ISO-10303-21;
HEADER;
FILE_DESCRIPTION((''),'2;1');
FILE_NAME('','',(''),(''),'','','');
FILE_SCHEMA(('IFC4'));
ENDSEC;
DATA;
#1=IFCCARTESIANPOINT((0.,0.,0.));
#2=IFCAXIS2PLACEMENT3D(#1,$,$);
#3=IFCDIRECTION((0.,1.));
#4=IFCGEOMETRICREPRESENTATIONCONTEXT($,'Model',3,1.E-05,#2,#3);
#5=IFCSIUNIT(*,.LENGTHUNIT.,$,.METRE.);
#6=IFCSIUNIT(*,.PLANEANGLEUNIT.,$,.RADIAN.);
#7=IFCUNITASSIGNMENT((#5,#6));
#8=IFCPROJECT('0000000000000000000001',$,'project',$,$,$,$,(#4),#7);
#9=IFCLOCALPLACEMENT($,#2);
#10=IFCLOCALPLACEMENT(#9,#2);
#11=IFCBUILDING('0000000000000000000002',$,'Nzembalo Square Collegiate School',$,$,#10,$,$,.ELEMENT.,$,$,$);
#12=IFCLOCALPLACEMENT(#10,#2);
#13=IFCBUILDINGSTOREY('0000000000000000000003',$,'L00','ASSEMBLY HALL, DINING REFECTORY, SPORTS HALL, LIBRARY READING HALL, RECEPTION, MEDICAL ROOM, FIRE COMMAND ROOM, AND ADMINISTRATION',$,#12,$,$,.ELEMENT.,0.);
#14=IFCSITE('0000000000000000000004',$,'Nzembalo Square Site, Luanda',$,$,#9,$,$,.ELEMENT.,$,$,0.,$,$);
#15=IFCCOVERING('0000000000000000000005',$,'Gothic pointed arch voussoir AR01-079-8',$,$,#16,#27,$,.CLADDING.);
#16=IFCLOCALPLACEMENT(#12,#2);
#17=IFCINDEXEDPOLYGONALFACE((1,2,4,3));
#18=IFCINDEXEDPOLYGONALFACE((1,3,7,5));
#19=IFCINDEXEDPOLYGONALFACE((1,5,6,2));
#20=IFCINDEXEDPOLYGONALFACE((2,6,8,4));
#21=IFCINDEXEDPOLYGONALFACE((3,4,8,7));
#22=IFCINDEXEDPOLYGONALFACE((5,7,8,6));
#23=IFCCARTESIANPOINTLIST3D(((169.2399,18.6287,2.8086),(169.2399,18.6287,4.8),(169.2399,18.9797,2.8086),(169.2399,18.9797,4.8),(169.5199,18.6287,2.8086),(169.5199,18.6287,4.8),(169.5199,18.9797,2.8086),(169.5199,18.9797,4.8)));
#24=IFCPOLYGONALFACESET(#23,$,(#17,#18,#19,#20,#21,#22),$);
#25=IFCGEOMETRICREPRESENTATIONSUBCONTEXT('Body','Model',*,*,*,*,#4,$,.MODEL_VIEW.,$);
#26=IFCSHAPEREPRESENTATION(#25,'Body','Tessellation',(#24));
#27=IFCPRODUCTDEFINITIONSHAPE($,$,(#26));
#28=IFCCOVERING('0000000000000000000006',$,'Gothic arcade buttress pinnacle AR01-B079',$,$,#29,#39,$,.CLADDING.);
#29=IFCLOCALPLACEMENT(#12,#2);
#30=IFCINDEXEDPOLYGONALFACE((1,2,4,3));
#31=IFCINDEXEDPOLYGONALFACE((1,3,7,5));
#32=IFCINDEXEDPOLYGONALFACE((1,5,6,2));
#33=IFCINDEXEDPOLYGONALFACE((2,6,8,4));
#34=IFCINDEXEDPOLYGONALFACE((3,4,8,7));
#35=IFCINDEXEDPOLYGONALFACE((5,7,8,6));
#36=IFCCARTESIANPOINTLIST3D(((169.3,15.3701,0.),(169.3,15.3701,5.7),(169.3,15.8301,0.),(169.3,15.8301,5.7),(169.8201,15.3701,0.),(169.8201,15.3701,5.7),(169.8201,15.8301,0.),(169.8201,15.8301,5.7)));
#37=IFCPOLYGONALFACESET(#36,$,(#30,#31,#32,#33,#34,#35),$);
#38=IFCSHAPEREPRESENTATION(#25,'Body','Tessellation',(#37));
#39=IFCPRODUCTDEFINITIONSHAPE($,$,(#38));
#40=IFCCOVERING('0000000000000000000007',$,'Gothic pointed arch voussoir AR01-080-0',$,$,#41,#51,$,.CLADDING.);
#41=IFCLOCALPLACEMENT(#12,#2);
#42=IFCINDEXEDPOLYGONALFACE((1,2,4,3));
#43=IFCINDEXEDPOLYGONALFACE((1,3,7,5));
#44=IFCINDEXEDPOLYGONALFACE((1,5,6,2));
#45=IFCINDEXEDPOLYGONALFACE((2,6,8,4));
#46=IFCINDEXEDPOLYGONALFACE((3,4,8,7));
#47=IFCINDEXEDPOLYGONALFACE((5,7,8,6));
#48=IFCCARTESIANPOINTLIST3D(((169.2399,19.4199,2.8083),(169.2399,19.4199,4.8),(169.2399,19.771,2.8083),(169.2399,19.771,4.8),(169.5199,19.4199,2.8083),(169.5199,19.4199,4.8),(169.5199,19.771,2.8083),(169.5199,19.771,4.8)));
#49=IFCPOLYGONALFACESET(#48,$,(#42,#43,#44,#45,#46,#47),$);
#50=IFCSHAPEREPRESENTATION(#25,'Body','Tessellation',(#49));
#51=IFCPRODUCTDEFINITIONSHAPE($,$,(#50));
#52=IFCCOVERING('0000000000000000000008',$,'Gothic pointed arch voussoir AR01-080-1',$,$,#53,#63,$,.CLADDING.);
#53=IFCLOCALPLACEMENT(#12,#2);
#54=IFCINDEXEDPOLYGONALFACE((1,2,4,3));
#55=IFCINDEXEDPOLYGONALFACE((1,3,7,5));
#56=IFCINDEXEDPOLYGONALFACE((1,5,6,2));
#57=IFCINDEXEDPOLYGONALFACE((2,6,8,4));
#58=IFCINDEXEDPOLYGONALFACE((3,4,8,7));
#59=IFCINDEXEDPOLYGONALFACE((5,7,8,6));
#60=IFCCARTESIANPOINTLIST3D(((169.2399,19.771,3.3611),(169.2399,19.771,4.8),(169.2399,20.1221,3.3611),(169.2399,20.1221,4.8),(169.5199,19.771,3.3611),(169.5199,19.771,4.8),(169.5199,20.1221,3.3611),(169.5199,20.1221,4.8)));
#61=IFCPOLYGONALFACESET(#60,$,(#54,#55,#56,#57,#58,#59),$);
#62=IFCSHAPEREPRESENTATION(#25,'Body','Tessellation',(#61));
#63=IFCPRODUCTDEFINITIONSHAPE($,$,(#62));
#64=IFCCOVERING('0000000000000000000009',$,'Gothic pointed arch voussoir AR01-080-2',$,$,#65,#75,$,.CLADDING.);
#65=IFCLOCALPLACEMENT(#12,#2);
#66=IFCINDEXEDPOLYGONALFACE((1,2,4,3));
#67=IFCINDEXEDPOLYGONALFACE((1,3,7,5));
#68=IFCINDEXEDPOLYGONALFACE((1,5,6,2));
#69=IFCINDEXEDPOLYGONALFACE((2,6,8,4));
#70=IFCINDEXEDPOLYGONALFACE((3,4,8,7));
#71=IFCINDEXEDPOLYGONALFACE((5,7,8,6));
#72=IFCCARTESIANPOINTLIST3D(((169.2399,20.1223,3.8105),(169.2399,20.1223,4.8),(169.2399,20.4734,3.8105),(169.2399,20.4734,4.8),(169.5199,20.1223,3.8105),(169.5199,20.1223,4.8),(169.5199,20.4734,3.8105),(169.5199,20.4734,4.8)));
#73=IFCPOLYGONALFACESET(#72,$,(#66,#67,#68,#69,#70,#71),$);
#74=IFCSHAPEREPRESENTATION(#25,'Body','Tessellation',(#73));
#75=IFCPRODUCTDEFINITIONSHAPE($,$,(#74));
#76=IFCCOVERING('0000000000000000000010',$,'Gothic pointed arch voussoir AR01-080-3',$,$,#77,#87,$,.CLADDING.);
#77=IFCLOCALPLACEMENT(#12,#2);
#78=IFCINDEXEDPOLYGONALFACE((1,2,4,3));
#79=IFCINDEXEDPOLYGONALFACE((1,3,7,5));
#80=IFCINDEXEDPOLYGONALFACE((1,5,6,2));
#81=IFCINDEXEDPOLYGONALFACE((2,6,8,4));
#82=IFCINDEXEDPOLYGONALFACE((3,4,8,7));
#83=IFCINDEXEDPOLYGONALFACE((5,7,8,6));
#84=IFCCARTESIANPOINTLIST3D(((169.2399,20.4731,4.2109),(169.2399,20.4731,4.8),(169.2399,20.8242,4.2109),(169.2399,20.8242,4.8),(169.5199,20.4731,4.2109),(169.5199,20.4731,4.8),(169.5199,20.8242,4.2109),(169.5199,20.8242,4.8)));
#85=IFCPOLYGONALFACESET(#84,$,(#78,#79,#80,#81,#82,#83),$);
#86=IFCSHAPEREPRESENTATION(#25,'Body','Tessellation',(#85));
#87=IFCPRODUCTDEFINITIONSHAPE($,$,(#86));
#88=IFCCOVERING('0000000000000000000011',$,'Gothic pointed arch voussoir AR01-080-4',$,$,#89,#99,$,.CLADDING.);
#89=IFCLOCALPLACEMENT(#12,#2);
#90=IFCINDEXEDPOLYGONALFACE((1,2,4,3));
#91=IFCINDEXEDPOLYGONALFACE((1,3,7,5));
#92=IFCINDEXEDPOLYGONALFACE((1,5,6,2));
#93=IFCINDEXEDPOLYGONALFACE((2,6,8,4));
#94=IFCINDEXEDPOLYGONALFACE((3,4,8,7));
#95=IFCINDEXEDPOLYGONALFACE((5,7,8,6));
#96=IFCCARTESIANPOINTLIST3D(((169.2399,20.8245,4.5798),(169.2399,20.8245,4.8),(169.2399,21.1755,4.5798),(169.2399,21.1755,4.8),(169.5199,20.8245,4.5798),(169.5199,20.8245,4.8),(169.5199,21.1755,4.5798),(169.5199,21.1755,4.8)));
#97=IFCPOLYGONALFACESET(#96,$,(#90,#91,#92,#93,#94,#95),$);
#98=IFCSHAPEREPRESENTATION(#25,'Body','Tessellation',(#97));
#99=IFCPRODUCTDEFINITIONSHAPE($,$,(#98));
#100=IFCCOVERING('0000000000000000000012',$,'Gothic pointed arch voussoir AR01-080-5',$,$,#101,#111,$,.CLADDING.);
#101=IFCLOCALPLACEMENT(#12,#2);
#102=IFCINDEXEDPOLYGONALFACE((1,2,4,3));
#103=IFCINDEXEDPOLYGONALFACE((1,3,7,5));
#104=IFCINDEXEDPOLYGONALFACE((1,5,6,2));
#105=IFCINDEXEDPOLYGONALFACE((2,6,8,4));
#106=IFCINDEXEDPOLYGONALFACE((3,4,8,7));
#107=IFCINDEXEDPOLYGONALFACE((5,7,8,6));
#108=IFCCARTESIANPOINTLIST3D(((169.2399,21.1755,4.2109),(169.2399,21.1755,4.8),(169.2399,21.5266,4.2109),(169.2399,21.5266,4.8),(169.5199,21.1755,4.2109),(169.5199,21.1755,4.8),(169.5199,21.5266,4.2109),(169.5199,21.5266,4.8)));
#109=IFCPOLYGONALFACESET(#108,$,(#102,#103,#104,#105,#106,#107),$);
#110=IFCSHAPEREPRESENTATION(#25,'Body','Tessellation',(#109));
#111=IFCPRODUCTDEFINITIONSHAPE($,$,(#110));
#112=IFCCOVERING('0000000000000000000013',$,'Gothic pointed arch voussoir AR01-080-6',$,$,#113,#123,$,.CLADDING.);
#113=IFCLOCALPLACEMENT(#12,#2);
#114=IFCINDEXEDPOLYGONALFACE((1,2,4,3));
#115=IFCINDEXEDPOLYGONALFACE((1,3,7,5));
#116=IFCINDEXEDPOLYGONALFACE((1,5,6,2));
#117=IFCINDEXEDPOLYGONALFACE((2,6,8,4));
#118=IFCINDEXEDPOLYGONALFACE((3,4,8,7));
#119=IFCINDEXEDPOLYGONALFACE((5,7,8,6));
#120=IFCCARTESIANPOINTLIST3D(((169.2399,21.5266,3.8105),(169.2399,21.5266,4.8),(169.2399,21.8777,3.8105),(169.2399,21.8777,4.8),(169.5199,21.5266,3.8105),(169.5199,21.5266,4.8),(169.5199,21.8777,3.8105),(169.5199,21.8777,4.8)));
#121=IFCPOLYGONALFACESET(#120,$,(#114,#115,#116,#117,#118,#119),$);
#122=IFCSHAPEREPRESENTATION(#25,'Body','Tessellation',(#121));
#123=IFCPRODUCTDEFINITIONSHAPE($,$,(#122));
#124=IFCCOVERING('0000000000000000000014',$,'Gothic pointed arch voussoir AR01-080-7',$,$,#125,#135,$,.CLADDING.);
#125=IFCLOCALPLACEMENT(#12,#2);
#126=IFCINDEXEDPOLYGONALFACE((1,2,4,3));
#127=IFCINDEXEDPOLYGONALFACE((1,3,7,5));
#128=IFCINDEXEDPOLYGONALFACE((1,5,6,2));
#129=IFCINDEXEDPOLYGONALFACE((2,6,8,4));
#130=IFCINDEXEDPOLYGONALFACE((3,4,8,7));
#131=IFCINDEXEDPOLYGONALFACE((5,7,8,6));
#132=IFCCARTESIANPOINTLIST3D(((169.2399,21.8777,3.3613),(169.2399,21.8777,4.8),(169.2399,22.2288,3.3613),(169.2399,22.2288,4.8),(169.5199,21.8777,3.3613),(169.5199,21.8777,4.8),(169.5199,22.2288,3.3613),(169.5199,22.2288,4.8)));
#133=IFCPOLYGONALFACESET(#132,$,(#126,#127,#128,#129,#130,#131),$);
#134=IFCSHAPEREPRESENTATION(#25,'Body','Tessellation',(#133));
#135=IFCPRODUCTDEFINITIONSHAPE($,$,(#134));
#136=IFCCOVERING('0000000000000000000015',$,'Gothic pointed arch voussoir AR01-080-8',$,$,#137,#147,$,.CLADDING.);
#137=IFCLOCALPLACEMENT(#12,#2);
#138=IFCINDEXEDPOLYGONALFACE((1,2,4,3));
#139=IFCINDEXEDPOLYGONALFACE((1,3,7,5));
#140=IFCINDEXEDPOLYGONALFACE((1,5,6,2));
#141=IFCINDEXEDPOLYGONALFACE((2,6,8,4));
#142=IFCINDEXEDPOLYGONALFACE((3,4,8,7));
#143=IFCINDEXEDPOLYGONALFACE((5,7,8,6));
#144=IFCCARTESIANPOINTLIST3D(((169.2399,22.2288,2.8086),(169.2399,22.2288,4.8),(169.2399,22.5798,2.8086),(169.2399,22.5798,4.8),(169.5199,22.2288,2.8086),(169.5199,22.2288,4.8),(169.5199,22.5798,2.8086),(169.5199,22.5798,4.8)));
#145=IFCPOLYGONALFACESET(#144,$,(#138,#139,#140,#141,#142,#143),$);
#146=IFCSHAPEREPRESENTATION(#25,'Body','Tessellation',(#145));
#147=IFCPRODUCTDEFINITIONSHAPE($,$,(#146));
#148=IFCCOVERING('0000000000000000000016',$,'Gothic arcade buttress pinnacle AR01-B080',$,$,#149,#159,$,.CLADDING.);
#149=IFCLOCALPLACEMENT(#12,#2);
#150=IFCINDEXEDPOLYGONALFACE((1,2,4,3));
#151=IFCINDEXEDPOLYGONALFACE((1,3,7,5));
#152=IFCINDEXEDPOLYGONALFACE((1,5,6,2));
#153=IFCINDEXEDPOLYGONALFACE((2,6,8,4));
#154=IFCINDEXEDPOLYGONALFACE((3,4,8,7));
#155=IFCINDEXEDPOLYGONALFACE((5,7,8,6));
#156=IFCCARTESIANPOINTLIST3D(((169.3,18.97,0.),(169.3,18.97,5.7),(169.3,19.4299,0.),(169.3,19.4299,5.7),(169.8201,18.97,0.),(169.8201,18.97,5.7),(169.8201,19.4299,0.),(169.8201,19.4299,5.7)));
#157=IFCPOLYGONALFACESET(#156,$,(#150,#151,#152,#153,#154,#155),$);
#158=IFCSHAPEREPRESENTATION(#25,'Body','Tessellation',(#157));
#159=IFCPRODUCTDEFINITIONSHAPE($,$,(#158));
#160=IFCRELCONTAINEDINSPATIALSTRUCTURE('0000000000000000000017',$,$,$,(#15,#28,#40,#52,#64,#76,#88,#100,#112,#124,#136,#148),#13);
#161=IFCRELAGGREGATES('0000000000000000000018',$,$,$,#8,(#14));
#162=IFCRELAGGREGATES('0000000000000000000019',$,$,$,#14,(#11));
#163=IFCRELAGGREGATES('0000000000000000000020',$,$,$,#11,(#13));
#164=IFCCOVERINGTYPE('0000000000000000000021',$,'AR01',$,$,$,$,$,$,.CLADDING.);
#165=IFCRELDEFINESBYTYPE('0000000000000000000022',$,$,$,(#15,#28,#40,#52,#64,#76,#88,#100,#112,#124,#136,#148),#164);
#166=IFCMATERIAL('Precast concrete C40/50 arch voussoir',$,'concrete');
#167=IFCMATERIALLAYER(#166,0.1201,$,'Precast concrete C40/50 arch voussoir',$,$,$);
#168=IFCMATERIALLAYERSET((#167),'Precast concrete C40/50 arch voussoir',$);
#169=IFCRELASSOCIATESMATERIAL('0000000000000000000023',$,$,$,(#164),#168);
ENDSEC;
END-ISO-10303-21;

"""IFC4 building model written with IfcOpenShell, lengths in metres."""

from ifc_helpers import new_model, si_unit, direction, frame, origin, origin_2d, place, context, subcontext, project, spatial, rectangle, extrude, material, layer, layer_set, type_object, element, save


model = new_model("IFC4")

# Units and contexts
model_context = context("Model", 3, precision=1e-05, world=origin(), true_north=direction((0.0, 1.0)))
body_context = subcontext(model_context, "Body", "Model", "MODEL_VIEW")
ifc_project = project(units=[si_unit("LENGTHUNIT", "METRE"), si_unit("PLANEANGLEUNIT", "RADIAN")], contexts=[model_context])

# Site, building, storey
site_placement = place(None, origin())
site = spatial("IfcSite", under=ifc_project, at=site_placement, Name="Nzembalo Square Site, Luanda", CompositionType="ELEMENT", RefElevation=0.0)
building_placement = place(site_placement, origin())
building = spatial("IfcBuilding", under=site, at=building_placement, Name="Nzembalo Square Collegiate School", CompositionType="ELEMENT")
storey_placement = place(building_placement, origin())
storey = spatial("IfcBuildingStorey", under=building, at=storey_placement, Name="L00", Description="ASSEMBLY HALL, DINING REFECTORY, SPORTS HALL, LIBRARY READING HALL, RECEPTION, MEDICAL ROOM, FIRE COMMAND ROOM, AND ADMINISTRATION", CompositionType="ELEMENT", Elevation=0.0)

# Coverings
ifc_material_1 = material(Name="Precast concrete C40/50 arch voussoir", Category="concrete")
ifc_layer_1 = layer(ifc_material_1, 0.1201, Name="Precast concrete C40/50 arch voussoir")
ifc_layer_set_1 = layer_set([ifc_layer_1], Name="Precast concrete C40/50 arch voussoir")
covering_type = type_object("IfcCoveringType", Name="AR01", PredefinedType="CLADDING", material=ifc_layer_set_1)
covering_1_placement = place(storey_placement, frame((169.3799, 18.8042, 2.8086), z_axis=(0.0, 0.0, 1.0), x_axis=(1.0, 0.0, 0.0)))
element("IfcCovering", 1, at=covering_1_placement, inside=storey, type_object=covering_type, Name="Gothic pointed arch voussoir AR01-079-8", PredefinedType="CLADDING", context=body_context, shape_type="SweptSolid", body=[
    extrude(rectangle(XDim=0.28, YDim=0.3511, at=origin_2d()), origin(), (0.0, 0.0, 1.0), 1.9915),
])
covering_2_placement = place(storey_placement, frame((169.5601, 15.6001, 0.0), z_axis=(0.0, 0.0, 1.0), x_axis=(1.0, 0.0, 0.0)))
element("IfcCovering", 2, at=covering_2_placement, inside=storey, type_object=covering_type, Name="Gothic arcade buttress pinnacle AR01-B079", PredefinedType="CLADDING", context=body_context, shape_type="SweptSolid", body=[
    extrude(rectangle(XDim=0.52, YDim=0.46, at=origin_2d()), origin(), (0.0, 0.0, 1.0), 5.7),
])
covering_3_placement = place(storey_placement, frame((169.3799, 19.5955, 2.8083), z_axis=(0.0, 0.0, 1.0), x_axis=(1.0, 0.0, 0.0)))
element("IfcCovering", 3, at=covering_3_placement, inside=storey, type_object=covering_type, Name="Gothic pointed arch voussoir AR01-080-0", PredefinedType="CLADDING", context=body_context, shape_type="SweptSolid", body=[
    extrude(rectangle(XDim=0.28, YDim=0.3511, at=origin_2d()), origin(), (0.0, 0.0, 1.0), 1.9917),
])
covering_4_placement = place(storey_placement, frame((169.3799, 19.9465, 3.3611), z_axis=(0.0, 0.0, 1.0), x_axis=(1.0, 0.0, 0.0)))
element("IfcCovering", 4, at=covering_4_placement, inside=storey, type_object=covering_type, Name="Gothic pointed arch voussoir AR01-080-1", PredefinedType="CLADDING", context=body_context, shape_type="SweptSolid", body=[
    extrude(rectangle(XDim=0.28, YDim=0.3511, at=origin_2d()), origin(), (0.0, 0.0, 1.0), 1.439),
])
covering_5_placement = place(storey_placement, frame((169.3799, 20.2979, 3.8105), z_axis=(0.0, 0.0, 1.0), x_axis=(1.0, 0.0, 0.0)))
element("IfcCovering", 5, at=covering_5_placement, inside=storey, type_object=covering_type, Name="Gothic pointed arch voussoir AR01-080-2", PredefinedType="CLADDING", context=body_context, shape_type="SweptSolid", body=[
    extrude(rectangle(XDim=0.28, YDim=0.3511, at=origin_2d()), origin(), (0.0, 0.0, 1.0), 0.9895),
])
covering_6_placement = place(storey_placement, frame((169.3799, 20.6487, 4.2109), z_axis=(0.0, 0.0, 1.0), x_axis=(1.0, 0.0, 0.0)))
element("IfcCovering", 6, at=covering_6_placement, inside=storey, type_object=covering_type, Name="Gothic pointed arch voussoir AR01-080-3", PredefinedType="CLADDING", context=body_context, shape_type="SweptSolid", body=[
    extrude(rectangle(XDim=0.28, YDim=0.3511, at=origin_2d()), origin(), (0.0, 0.0, 1.0), 0.5891),
])
covering_7_placement = place(storey_placement, frame((169.3799, 21.0, 4.5798), z_axis=(0.0, 0.0, 1.0), x_axis=(1.0, 0.0, 0.0)))
element("IfcCovering", 7, at=covering_7_placement, inside=storey, type_object=covering_type, Name="Gothic pointed arch voussoir AR01-080-4", PredefinedType="CLADDING", context=body_context, shape_type="SweptSolid", body=[
    extrude(rectangle(XDim=0.28, YDim=0.3511, at=origin_2d()), origin(), (0.0, 0.0, 1.0), 0.2202),
])
covering_8_placement = place(storey_placement, frame((169.3799, 21.3511, 4.2109), z_axis=(0.0, 0.0, 1.0), x_axis=(1.0, 0.0, 0.0)))
element("IfcCovering", 8, at=covering_8_placement, inside=storey, type_object=covering_type, Name="Gothic pointed arch voussoir AR01-080-5", PredefinedType="CLADDING", context=body_context, shape_type="SweptSolid", body=[
    extrude(rectangle(XDim=0.28, YDim=0.3511, at=origin_2d()), origin(), (0.0, 0.0, 1.0), 0.5891),
])
covering_9_placement = place(storey_placement, frame((169.3799, 21.7021, 3.8105), z_axis=(0.0, 0.0, 1.0), x_axis=(1.0, 0.0, 0.0)))
element("IfcCovering", 9, at=covering_9_placement, inside=storey, type_object=covering_type, Name="Gothic pointed arch voussoir AR01-080-6", PredefinedType="CLADDING", context=body_context, shape_type="SweptSolid", body=[
    extrude(rectangle(XDim=0.28, YDim=0.3511, at=origin_2d()), origin(), (0.0, 0.0, 1.0), 0.9895),
])
covering_10_placement = place(storey_placement, frame((169.3799, 22.0532, 3.3613), z_axis=(0.0, 0.0, 1.0), x_axis=(1.0, 0.0, 0.0)))
element("IfcCovering", 10, at=covering_10_placement, inside=storey, type_object=covering_type, Name="Gothic pointed arch voussoir AR01-080-7", PredefinedType="CLADDING", context=body_context, shape_type="SweptSolid", body=[
    extrude(rectangle(XDim=0.28, YDim=0.3511, at=origin_2d()), origin(), (0.0, 0.0, 1.0), 1.4387),
])
covering_11_placement = place(storey_placement, frame((169.3799, 22.4043, 2.8086), z_axis=(0.0, 0.0, 1.0), x_axis=(1.0, 0.0, 0.0)))
element("IfcCovering", 11, at=covering_11_placement, inside=storey, type_object=covering_type, Name="Gothic pointed arch voussoir AR01-080-8", PredefinedType="CLADDING", context=body_context, shape_type="SweptSolid", body=[
    extrude(rectangle(XDim=0.28, YDim=0.3511, at=origin_2d()), origin(), (0.0, 0.0, 1.0), 1.9915),
])
covering_12_placement = place(storey_placement, frame((169.5601, 19.2, 0.0), z_axis=(0.0, 0.0, 1.0), x_axis=(1.0, 0.0, 0.0)))
element("IfcCovering", 12, at=covering_12_placement, inside=storey, type_object=covering_type, Name="Gothic arcade buttress pinnacle AR01-B080", PredefinedType="CLADDING", context=body_context, shape_type="SweptSolid", body=[
    extrude(rectangle(XDim=0.52, YDim=0.46, at=origin_2d()), origin(), (0.0, 0.0, 1.0), 5.7),
])

save(model, "model.ifc")
